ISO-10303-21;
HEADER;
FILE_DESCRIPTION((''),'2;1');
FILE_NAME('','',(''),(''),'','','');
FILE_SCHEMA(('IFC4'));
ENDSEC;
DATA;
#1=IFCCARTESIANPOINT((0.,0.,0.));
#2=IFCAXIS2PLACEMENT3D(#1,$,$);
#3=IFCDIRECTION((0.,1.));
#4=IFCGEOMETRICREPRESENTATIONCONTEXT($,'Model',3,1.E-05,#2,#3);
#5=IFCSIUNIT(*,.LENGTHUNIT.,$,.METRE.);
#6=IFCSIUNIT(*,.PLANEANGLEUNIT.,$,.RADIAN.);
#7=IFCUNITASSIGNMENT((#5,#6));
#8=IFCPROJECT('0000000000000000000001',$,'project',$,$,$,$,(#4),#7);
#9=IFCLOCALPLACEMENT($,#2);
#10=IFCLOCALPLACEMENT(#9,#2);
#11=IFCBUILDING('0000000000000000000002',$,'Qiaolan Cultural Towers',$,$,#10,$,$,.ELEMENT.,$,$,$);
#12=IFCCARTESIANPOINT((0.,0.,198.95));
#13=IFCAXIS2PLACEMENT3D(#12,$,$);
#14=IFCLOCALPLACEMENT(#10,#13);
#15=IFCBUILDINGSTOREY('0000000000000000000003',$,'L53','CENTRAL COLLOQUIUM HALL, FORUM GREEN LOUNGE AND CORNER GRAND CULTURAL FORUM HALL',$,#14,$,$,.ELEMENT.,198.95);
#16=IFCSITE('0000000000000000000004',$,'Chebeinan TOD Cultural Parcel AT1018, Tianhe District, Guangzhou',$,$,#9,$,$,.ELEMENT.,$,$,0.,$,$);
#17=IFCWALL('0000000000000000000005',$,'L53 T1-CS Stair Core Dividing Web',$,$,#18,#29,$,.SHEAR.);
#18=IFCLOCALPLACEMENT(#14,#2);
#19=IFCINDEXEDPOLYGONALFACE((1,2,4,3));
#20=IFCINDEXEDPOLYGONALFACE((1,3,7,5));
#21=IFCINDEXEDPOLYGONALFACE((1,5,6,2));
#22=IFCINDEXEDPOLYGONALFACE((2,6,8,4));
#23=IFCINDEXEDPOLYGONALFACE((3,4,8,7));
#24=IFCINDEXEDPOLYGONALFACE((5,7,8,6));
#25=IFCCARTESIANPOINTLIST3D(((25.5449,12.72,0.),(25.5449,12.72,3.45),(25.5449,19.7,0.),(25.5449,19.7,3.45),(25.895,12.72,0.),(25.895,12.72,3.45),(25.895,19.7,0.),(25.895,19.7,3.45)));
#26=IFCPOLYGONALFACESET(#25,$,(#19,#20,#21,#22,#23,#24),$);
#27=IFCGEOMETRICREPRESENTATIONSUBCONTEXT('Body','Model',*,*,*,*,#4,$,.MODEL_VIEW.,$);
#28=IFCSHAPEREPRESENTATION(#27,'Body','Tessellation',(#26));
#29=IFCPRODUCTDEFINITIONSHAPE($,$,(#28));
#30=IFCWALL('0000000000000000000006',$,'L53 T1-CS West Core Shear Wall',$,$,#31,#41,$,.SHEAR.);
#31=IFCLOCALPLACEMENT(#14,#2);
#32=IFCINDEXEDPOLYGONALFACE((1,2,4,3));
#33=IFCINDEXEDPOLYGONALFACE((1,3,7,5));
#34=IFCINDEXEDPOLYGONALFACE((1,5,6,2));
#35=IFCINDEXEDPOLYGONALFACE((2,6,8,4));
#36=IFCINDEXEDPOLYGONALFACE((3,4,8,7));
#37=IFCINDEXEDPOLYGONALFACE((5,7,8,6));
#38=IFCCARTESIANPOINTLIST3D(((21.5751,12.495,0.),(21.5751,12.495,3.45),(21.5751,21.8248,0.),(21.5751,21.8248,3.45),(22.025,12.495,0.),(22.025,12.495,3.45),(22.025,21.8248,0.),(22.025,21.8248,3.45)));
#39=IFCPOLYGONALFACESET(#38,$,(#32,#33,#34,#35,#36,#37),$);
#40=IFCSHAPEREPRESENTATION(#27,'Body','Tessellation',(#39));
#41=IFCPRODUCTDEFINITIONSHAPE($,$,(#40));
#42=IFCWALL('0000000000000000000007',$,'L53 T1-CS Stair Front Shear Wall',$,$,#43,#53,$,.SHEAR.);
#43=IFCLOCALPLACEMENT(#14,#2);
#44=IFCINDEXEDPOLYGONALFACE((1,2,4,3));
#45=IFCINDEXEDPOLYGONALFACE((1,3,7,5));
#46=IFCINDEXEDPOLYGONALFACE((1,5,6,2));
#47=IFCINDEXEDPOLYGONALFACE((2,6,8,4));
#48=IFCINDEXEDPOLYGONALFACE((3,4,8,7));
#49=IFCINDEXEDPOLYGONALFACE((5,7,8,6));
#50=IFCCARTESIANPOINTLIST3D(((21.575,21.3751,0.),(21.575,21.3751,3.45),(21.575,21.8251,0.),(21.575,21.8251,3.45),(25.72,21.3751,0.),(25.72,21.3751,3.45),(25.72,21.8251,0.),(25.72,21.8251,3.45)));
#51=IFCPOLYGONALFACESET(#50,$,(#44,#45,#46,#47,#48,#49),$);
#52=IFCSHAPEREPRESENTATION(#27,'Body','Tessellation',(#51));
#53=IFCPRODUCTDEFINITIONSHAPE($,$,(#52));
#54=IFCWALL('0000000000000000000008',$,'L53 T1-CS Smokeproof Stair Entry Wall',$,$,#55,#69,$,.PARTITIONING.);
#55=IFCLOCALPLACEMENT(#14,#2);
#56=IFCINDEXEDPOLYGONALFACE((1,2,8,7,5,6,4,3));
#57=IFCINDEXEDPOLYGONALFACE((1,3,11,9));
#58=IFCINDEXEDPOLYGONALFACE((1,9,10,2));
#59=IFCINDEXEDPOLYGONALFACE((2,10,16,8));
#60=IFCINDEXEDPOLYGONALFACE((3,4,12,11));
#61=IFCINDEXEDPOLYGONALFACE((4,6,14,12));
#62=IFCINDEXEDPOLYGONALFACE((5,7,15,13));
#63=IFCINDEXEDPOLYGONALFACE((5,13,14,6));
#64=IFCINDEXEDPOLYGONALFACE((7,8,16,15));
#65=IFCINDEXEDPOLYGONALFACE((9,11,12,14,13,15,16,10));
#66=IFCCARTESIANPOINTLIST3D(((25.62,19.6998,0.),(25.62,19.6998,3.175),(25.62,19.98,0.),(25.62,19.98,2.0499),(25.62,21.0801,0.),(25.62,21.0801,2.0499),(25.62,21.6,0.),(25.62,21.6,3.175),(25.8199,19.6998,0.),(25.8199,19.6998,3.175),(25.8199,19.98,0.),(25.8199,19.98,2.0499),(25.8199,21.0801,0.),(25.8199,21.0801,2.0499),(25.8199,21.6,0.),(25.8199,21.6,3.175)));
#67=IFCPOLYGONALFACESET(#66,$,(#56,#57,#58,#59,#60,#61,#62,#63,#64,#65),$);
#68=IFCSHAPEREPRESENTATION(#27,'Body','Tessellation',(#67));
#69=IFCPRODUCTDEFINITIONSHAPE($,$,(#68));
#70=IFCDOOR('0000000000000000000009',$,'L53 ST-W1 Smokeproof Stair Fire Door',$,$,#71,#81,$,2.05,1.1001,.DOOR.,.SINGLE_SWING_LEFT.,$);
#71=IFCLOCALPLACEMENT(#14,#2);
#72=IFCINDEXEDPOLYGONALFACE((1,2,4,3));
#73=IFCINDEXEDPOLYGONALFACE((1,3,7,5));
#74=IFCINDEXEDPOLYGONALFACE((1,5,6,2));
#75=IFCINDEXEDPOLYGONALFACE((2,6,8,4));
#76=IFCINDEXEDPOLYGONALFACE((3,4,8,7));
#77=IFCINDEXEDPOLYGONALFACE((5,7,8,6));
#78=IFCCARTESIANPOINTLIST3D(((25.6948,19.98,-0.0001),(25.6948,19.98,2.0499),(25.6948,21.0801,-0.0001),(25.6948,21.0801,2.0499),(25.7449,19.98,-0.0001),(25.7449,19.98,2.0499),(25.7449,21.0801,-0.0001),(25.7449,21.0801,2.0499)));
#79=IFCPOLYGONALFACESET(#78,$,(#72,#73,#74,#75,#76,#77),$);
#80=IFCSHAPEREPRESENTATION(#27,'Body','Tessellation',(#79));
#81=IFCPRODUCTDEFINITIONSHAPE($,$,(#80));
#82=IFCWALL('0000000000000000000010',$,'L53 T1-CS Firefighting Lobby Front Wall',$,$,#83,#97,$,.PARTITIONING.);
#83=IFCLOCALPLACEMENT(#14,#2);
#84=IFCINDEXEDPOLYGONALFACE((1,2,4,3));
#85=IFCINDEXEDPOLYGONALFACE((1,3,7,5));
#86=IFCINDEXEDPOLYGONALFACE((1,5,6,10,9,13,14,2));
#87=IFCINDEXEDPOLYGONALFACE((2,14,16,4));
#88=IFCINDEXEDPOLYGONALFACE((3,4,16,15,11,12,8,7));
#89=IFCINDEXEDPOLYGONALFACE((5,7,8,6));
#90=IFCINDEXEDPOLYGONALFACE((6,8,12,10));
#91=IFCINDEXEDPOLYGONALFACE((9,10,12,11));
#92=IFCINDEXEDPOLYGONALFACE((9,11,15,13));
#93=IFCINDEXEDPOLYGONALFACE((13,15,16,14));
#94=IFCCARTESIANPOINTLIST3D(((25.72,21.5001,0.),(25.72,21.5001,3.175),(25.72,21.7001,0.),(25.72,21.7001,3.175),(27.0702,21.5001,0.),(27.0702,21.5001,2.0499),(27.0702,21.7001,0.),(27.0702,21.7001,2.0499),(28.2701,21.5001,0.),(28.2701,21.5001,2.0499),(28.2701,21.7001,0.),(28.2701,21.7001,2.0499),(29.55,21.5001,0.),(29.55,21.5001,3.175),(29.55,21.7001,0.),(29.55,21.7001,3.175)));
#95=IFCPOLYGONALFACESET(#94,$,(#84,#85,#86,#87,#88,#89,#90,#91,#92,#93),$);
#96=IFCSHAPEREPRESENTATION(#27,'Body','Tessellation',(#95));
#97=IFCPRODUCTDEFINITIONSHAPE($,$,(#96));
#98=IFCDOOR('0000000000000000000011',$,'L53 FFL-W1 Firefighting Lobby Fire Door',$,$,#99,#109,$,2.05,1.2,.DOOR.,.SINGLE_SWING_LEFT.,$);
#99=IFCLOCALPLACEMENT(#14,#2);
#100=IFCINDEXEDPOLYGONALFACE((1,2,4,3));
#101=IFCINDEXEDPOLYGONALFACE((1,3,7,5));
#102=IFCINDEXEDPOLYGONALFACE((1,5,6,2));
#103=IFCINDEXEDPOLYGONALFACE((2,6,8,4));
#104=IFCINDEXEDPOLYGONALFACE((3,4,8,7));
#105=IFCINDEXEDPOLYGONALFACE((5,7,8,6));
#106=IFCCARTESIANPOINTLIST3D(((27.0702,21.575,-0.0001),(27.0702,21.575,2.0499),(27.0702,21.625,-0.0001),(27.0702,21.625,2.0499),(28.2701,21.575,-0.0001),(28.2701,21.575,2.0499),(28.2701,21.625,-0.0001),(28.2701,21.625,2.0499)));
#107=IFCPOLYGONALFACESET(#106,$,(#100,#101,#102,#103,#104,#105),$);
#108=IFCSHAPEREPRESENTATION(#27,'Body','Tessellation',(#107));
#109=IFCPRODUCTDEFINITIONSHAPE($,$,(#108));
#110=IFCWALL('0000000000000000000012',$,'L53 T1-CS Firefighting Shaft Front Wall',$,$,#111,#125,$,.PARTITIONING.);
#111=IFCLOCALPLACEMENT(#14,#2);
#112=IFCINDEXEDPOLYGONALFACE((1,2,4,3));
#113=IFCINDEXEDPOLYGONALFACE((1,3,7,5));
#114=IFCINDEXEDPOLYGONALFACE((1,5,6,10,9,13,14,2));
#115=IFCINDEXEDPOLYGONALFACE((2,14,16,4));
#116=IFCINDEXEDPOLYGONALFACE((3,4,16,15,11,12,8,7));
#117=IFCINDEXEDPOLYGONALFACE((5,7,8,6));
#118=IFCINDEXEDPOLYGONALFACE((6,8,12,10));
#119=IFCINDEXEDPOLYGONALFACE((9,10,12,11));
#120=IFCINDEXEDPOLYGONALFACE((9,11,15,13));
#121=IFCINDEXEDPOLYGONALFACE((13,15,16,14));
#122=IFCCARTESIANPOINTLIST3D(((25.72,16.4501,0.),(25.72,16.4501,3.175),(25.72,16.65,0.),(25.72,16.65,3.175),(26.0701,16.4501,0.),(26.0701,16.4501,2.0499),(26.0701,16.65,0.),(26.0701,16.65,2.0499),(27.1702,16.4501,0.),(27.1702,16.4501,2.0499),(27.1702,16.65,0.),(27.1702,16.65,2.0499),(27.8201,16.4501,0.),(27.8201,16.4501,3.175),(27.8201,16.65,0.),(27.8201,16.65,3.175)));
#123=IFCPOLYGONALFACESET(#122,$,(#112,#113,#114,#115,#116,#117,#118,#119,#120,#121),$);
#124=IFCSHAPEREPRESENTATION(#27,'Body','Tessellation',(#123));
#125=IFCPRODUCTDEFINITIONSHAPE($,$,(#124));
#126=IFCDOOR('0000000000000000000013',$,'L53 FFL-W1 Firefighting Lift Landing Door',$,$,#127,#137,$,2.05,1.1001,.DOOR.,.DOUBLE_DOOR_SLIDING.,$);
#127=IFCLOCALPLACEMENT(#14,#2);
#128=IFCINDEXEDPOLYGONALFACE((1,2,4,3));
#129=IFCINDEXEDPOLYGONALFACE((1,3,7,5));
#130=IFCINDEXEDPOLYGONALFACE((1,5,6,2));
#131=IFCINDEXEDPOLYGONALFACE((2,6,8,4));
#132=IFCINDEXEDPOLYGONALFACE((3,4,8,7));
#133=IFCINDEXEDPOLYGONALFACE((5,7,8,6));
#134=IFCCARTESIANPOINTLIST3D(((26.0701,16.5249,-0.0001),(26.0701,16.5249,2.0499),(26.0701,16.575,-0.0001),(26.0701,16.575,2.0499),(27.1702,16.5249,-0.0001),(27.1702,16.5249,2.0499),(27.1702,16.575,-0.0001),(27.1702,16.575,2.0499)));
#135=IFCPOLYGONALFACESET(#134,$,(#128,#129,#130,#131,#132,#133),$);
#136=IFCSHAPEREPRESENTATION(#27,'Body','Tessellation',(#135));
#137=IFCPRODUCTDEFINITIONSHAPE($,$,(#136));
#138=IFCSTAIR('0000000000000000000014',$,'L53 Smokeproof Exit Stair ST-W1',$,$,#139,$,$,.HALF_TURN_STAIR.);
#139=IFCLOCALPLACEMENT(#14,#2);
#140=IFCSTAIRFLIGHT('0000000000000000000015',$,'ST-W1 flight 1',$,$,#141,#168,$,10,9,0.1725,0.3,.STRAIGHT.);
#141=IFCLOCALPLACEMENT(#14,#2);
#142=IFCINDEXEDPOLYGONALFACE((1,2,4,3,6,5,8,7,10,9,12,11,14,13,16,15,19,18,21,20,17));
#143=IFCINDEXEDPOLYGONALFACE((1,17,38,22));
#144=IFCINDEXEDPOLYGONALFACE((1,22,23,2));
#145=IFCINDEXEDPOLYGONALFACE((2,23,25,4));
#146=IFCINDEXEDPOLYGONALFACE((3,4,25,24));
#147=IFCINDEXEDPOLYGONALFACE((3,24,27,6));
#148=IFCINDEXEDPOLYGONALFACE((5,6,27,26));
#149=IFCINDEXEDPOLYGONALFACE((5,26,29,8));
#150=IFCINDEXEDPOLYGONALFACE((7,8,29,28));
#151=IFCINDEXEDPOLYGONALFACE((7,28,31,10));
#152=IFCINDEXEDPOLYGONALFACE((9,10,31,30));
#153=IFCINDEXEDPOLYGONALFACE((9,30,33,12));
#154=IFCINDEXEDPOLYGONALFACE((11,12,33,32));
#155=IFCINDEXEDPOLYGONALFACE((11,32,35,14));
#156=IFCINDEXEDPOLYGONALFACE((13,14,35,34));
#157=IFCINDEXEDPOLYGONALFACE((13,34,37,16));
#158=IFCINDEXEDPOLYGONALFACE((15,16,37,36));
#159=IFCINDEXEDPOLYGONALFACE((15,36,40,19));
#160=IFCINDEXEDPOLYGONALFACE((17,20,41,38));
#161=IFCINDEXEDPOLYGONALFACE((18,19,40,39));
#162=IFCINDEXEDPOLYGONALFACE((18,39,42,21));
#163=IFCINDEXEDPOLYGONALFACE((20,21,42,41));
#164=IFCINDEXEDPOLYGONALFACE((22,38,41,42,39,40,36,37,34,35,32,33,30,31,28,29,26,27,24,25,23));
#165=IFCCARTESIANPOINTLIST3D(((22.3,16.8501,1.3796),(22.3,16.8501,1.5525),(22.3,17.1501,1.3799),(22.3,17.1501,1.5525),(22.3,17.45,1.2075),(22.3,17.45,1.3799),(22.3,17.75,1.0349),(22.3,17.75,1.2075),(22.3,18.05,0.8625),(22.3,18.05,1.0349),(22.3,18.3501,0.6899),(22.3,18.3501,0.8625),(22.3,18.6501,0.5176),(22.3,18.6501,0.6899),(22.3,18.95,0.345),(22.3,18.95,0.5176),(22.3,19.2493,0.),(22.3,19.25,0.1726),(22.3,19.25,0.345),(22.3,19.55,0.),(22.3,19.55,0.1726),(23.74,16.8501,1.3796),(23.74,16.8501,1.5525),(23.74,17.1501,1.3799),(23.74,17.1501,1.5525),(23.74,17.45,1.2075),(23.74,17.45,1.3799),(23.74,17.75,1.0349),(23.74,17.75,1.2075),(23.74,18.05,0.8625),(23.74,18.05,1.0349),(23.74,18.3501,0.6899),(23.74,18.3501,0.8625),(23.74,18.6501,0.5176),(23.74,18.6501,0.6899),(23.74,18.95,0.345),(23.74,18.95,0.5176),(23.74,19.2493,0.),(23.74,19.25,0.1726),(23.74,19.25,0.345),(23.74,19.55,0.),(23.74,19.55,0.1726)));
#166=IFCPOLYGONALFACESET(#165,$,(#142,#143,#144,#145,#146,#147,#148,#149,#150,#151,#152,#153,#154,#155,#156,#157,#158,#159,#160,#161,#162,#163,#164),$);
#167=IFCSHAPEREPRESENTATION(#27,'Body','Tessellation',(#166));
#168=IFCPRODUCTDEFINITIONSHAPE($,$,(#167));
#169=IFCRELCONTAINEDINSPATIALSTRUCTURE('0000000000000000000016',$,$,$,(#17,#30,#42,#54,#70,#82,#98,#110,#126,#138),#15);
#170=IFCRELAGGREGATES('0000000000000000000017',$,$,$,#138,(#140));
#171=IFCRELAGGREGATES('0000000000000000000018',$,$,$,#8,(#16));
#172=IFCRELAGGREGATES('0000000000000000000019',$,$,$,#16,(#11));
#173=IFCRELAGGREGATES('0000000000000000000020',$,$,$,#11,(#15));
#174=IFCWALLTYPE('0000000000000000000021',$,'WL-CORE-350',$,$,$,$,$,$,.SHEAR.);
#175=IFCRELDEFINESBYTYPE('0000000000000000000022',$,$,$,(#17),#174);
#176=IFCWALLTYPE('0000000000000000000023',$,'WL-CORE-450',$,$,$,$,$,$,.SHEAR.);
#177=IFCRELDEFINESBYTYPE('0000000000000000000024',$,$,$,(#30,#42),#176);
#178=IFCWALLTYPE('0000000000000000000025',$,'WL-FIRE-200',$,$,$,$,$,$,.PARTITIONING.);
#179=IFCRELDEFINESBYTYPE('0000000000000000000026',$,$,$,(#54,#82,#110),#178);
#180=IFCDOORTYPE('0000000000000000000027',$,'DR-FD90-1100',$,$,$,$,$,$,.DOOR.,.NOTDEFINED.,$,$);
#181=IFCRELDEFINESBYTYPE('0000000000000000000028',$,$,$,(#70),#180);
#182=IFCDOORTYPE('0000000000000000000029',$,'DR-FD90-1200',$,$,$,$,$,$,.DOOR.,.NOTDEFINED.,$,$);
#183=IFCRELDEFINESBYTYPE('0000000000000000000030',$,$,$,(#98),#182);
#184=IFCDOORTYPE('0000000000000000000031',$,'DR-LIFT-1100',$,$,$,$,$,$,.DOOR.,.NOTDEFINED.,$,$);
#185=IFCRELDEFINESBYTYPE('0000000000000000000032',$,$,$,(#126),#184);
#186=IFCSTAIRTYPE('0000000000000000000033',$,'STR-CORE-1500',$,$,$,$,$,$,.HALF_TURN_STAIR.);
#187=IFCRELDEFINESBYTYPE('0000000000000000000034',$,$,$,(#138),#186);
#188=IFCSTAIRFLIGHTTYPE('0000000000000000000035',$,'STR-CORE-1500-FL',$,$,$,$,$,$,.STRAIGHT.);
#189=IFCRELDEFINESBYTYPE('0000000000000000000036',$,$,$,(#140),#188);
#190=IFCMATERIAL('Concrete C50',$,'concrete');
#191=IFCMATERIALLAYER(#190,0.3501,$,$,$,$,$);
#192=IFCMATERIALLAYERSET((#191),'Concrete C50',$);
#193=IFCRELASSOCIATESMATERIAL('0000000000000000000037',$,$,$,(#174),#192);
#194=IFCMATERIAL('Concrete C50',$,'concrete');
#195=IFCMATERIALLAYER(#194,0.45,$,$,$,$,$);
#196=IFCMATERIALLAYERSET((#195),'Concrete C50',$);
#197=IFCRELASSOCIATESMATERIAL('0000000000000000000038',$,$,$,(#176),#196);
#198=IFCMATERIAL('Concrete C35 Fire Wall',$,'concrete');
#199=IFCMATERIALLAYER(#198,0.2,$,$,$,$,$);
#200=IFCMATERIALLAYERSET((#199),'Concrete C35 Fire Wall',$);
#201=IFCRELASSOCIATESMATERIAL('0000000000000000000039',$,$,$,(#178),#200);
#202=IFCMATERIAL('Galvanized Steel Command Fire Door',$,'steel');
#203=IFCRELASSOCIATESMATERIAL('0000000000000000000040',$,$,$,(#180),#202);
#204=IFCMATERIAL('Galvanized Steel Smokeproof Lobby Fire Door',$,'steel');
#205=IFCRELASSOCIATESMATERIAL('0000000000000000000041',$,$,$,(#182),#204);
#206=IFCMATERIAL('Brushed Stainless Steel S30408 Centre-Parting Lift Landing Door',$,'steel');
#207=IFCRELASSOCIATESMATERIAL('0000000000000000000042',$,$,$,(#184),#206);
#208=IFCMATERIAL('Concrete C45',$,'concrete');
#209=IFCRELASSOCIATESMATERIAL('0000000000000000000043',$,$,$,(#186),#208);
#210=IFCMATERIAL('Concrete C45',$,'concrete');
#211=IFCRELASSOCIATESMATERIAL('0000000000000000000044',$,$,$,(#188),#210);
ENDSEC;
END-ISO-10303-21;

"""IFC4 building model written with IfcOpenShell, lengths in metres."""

from ifc_helpers import new_model, si_unit, direction, frame, frame_2d, origin, place, context, subcontext, project, spatial, polyline, rectangle, outline, extrude, material, layer, layer_set, type_object, element, fill, aggregate, save


model = new_model("IFC4")

# Units and contexts
model_context = context("Model", 3, precision=1e-05, world=origin(), true_north=direction((0.0, 1.0)))
body_context = subcontext(model_context, "Body", "Model", "MODEL_VIEW")
ifc_project = project(units=[si_unit("LENGTHUNIT", "METRE"), si_unit("PLANEANGLEUNIT", "RADIAN")], contexts=[model_context])

# Site, building, storey
site_placement = place(None, origin())
site = spatial("IfcSite", under=ifc_project, at=site_placement, Name="Chebeinan TOD Cultural Parcel AT1018, Tianhe District, Guangzhou", CompositionType="ELEMENT", RefElevation=0.0)
building_placement = place(site_placement, origin())
building = spatial("IfcBuilding", under=site, at=building_placement, Name="Qiaolan Cultural Towers", CompositionType="ELEMENT")
storey_placement = place(building_placement, frame((0.0, 0.0, 198.95)))
storey = spatial("IfcBuildingStorey", under=building, at=storey_placement, Name="L53", Description="CENTRAL COLLOQUIUM HALL, FORUM GREEN LOUNGE AND CORNER GRAND CULTURAL FORUM HALL", CompositionType="ELEMENT", Elevation=198.95)

# Walls
ifc_material_1 = material(Name="Concrete C50", Category="concrete")
ifc_layer_1 = layer(ifc_material_1, 0.3501)
ifc_layer_set_1 = layer_set([ifc_layer_1], Name="Concrete C50")
wall_type_1 = type_object("IfcWallType", Name="WL-CORE-350", PredefinedType="SHEAR", material=ifc_layer_set_1)
wall_1_placement = place(storey_placement, frame((25.72, 19.7, 0.0), z_axis=(0.0, 0.0, 1.0), x_axis=(0.0, -1.0, 0.0)))
element("IfcWall", 1, at=wall_1_placement, inside=storey, type_object=wall_type_1, Name="L53 T1-CS Stair Core Dividing Web", PredefinedType="SHEAR", context=body_context, shape_type="SweptSolid", body=[
    extrude(rectangle(XDim=6.98, YDim=0.3501, at=frame_2d((3.49, 0.0))), origin(), (0.0, 0.0, 1.0), 3.45),
])
ifc_material_2 = material(Name="Concrete C50", Category="concrete")
ifc_layer_2 = layer(ifc_material_2, 0.45)
ifc_layer_set_2 = layer_set([ifc_layer_2], Name="Concrete C50")
wall_type_2 = type_object("IfcWallType", Name="WL-CORE-450", PredefinedType="SHEAR", material=ifc_layer_set_2)
wall_2_placement = place(storey_placement, frame((21.8, 21.825, 0.0), z_axis=(0.0, 0.0, 1.0), x_axis=(0.0, -1.0, 0.0)))
element("IfcWall", 2, at=wall_2_placement, inside=storey, type_object=wall_type_2, Name="L53 T1-CS West Core Shear Wall", PredefinedType="SHEAR", context=body_context, shape_type="SweptSolid", body=[
    extrude(rectangle(XDim=9.3298, YDim=0.45, at=frame_2d((4.665, 0.0))), origin(), (0.0, 0.0, 1.0), 3.45),
])
wall_3_placement = place(storey_placement, frame((21.575, 21.6001, 0.0), z_axis=(0.0, 0.0, 1.0), x_axis=(1.0, 0.0, 0.0)))
element("IfcWall", 3, at=wall_3_placement, inside=storey, type_object=wall_type_2, Name="L53 T1-CS Stair Front Shear Wall", PredefinedType="SHEAR", context=body_context, shape_type="SweptSolid", body=[
    extrude(rectangle(XDim=4.145, YDim=0.45, at=frame_2d((2.0725, 0.0))), origin(), (0.0, 0.0, 1.0), 3.45),
])

# Walls, openings, doors
ifc_material_3 = material(Name="Concrete C35 Fire Wall", Category="concrete")
ifc_layer_3 = layer(ifc_material_3, 0.2)
ifc_layer_set_3 = layer_set([ifc_layer_3], Name="Concrete C35 Fire Wall")
wall_type_3 = type_object("IfcWallType", Name="WL-FIRE-200", PredefinedType="PARTITIONING", material=ifc_layer_set_3)
wall_4_placement = place(storey_placement, frame((25.72, 21.6001, 0.0), z_axis=(0.0, 0.0, 1.0), x_axis=(0.0, -1.0, 0.0)))
wall_4 = element("IfcWall", 4, at=wall_4_placement, inside=storey, type_object=wall_type_3, Name="L53 T1-CS Smokeproof Stair Entry Wall", PredefinedType="PARTITIONING", context=body_context, shape_type="SweptSolid", body=[
    extrude(rectangle(XDim=1.9001, YDim=0.2, at=frame_2d((0.9502, 0.0))), origin(), (0.0, 0.0, 1.0), 3.175),
])
opening_1_placement = place(wall_4_placement, frame((0.52, 0.0, 0.0)))
opening_1 = element("IfcOpeningElement", 5, at=opening_1_placement, cuts=wall_4, PredefinedType="OPENING", context=body_context, shape_type="SweptSolid", body=[
    extrude(rectangle(XDim=1.1001, YDim=2.05, at=frame_2d((0.55, 1.0249))), frame((0.0, 0.1099, 0.0), z_axis=(0.0, -1.0, 0.0), x_axis=(1.0, 0.0, 0.0)), (0.0, 0.0, 1.0), 0.22),
])
ifc_material_4 = material(Name="Galvanized Steel Command Fire Door", Category="steel")
door_type_1 = type_object("IfcDoorType", Name="DR-FD90-1100", OperationType="NOTDEFINED", PredefinedType="DOOR", material=ifc_material_4)
door_1_placement = place(opening_1_placement, origin())
door_1 = element("IfcDoor", 6, at=door_1_placement, inside=storey, type_object=door_type_1, Name="L53 ST-W1 Smokeproof Stair Fire Door", OperationType="SINGLE_SWING_LEFT", OverallHeight=2.05, OverallWidth=1.1001, PredefinedType="DOOR", context=body_context, shape_type="SweptSolid", body=[
    extrude(rectangle(XDim=1.1001, YDim=2.05, at=frame_2d((0.55, 1.0249))), frame((0.0, 0.0249, 0.0), z_axis=(0.0, -1.0, 0.0), x_axis=(1.0, 0.0, 0.0)), (0.0, 0.0, 1.0), 0.05),
])
fill(opening_1, door_1)
wall_5_placement = place(storey_placement, frame((25.72, 21.6001, 0.0), z_axis=(0.0, 0.0, 1.0), x_axis=(1.0, 0.0, 0.0)))
wall_5 = element("IfcWall", 7, at=wall_5_placement, inside=storey, type_object=wall_type_3, Name="L53 T1-CS Firefighting Lobby Front Wall", PredefinedType="PARTITIONING", context=body_context, shape_type="SweptSolid", body=[
    extrude(rectangle(XDim=3.8301, YDim=0.2, at=frame_2d((1.915, 0.0))), origin(), (0.0, 0.0, 1.0), 3.175),
])
opening_2_placement = place(wall_5_placement, frame((1.3501, 0.0, 0.0)))
opening_2 = element("IfcOpeningElement", 8, at=opening_2_placement, cuts=wall_5, PredefinedType="OPENING", context=body_context, shape_type="SweptSolid", body=[
    extrude(rectangle(XDim=1.2, YDim=2.05, at=frame_2d((0.6001, 1.0249))), frame((0.0, 0.1099, 0.0), z_axis=(0.0, -1.0, 0.0), x_axis=(1.0, 0.0, 0.0)), (0.0, 0.0, 1.0), 0.22),
])
ifc_material_5 = material(Name="Galvanized Steel Smokeproof Lobby Fire Door", Category="steel")
door_type_2 = type_object("IfcDoorType", Name="DR-FD90-1200", OperationType="NOTDEFINED", PredefinedType="DOOR", material=ifc_material_5)
door_2_placement = place(opening_2_placement, origin())
door_2 = element("IfcDoor", 9, at=door_2_placement, inside=storey, type_object=door_type_2, Name="L53 FFL-W1 Firefighting Lobby Fire Door", OperationType="SINGLE_SWING_LEFT", OverallHeight=2.05, OverallWidth=1.2, PredefinedType="DOOR", context=body_context, shape_type="SweptSolid", body=[
    extrude(rectangle(XDim=1.2, YDim=2.05, at=frame_2d((0.6001, 1.0249))), frame((0.0, 0.0249, 0.0), z_axis=(0.0, -1.0, 0.0), x_axis=(1.0, 0.0, 0.0)), (0.0, 0.0, 1.0), 0.05),
])
fill(opening_2, door_2)
wall_6_placement = place(storey_placement, frame((25.72, 16.55, 0.0), z_axis=(0.0, 0.0, 1.0), x_axis=(1.0, 0.0, 0.0)))
wall_6 = element("IfcWall", 10, at=wall_6_placement, inside=storey, type_object=wall_type_3, Name="L53 T1-CS Firefighting Shaft Front Wall", PredefinedType="PARTITIONING", context=body_context, shape_type="SweptSolid", body=[
    extrude(rectangle(XDim=2.1001, YDim=0.2, at=frame_2d((1.05, 0.0))), origin(), (0.0, 0.0, 1.0), 3.175),
])
opening_3_placement = place(wall_6_placement, frame((0.3501, 0.0, 0.0)))
opening_3 = element("IfcOpeningElement", 11, at=opening_3_placement, cuts=wall_6, PredefinedType="OPENING", context=body_context, shape_type="SweptSolid", body=[
    extrude(rectangle(XDim=1.1001, YDim=2.05, at=frame_2d((0.55, 1.0249))), frame((0.0, 0.1099, 0.0), z_axis=(0.0, -1.0, 0.0), x_axis=(1.0, 0.0, 0.0)), (0.0, 0.0, 1.0), 0.22),
])
ifc_material_6 = material(Name="Brushed Stainless Steel S30408 Centre-Parting Lift Landing Door", Category="steel")
door_type_3 = type_object("IfcDoorType", Name="DR-LIFT-1100", OperationType="NOTDEFINED", PredefinedType="DOOR", material=ifc_material_6)
door_3_placement = place(opening_3_placement, origin())
door_3 = element("IfcDoor", 12, at=door_3_placement, inside=storey, type_object=door_type_3, Name="L53 FFL-W1 Firefighting Lift Landing Door", OperationType="DOUBLE_DOOR_SLIDING", OverallHeight=2.05, OverallWidth=1.1001, PredefinedType="DOOR", context=body_context, shape_type="SweptSolid", body=[
    extrude(rectangle(XDim=1.1001, YDim=2.05, at=frame_2d((0.55, 1.0249))), frame((0.0, 0.0249, 0.0), z_axis=(0.0, -1.0, 0.0), x_axis=(1.0, 0.0, 0.0)), (0.0, 0.0, 1.0), 0.05),
])
fill(opening_3, door_3)

# Stair, stair flight
ifc_material_7 = material(Name="Concrete C45", Category="concrete")
stair_type = type_object("IfcStairType", Name="STR-CORE-1500", PredefinedType="HALF_TURN_STAIR", material=ifc_material_7)
stair_placement = place(storey_placement, origin())
stair = element("IfcStair", 13, at=stair_placement, inside=storey, type_object=stair_type, Name="L53 Smokeproof Exit Stair ST-W1", PredefinedType="HALF_TURN_STAIR")
ifc_material_8 = material(Name="Concrete C45", Category="concrete")
stair_flight_type = type_object("IfcStairFlightType", Name="STR-CORE-1500-FL", PredefinedType="STRAIGHT", material=ifc_material_8)
stair_flight_1_placement = place(storey_placement, frame((23.02, 19.55, 0.0), z_axis=(0.0, 0.0, 1.0), x_axis=(0.0, -1.0, 0.0)))
stair_flight_1 = element("IfcStairFlight", 14, at=stair_flight_1_placement, type_object=stair_flight_type, Name="ST-W1 flight 1", NumberOfRisers=10, NumberOfTreads=9, PredefinedType="STRAIGHT", RiserHeight=0.1725, TreadLength=0.3, context=body_context, shape_type="SweptSolid", body=[
    extrude(outline(polyline([(0.0, 0.0), (0.0, 0.1726), (0.3, 0.1726), (0.3, 0.345), (0.6001, 0.345), (0.6001, 0.5176), (0.8999, 0.5176), (0.8999, 0.6899), (1.2, 0.6899), (1.2, 0.8625), (1.5, 0.8625), (1.5, 1.0349), (1.8, 1.0349), (1.8, 1.2075), (2.1001, 1.2075), (2.1001, 1.3799), (2.3999, 1.3799), (2.3999, 1.5525), (2.7, 1.5525), (2.7, 1.7251), (2.7, 1.3796), (0.3008, 0.0), (0.0, 0.0)])), frame((0.0, 0.72, 0.0), z_axis=(0.0, -1.0, 0.0), x_axis=(1.0, 0.0, 0.0)), (0.0, 0.0, 1.0), 1.4399),
])
aggregate(stair, [stair_flight_1])

save(model, "model.ifc")
